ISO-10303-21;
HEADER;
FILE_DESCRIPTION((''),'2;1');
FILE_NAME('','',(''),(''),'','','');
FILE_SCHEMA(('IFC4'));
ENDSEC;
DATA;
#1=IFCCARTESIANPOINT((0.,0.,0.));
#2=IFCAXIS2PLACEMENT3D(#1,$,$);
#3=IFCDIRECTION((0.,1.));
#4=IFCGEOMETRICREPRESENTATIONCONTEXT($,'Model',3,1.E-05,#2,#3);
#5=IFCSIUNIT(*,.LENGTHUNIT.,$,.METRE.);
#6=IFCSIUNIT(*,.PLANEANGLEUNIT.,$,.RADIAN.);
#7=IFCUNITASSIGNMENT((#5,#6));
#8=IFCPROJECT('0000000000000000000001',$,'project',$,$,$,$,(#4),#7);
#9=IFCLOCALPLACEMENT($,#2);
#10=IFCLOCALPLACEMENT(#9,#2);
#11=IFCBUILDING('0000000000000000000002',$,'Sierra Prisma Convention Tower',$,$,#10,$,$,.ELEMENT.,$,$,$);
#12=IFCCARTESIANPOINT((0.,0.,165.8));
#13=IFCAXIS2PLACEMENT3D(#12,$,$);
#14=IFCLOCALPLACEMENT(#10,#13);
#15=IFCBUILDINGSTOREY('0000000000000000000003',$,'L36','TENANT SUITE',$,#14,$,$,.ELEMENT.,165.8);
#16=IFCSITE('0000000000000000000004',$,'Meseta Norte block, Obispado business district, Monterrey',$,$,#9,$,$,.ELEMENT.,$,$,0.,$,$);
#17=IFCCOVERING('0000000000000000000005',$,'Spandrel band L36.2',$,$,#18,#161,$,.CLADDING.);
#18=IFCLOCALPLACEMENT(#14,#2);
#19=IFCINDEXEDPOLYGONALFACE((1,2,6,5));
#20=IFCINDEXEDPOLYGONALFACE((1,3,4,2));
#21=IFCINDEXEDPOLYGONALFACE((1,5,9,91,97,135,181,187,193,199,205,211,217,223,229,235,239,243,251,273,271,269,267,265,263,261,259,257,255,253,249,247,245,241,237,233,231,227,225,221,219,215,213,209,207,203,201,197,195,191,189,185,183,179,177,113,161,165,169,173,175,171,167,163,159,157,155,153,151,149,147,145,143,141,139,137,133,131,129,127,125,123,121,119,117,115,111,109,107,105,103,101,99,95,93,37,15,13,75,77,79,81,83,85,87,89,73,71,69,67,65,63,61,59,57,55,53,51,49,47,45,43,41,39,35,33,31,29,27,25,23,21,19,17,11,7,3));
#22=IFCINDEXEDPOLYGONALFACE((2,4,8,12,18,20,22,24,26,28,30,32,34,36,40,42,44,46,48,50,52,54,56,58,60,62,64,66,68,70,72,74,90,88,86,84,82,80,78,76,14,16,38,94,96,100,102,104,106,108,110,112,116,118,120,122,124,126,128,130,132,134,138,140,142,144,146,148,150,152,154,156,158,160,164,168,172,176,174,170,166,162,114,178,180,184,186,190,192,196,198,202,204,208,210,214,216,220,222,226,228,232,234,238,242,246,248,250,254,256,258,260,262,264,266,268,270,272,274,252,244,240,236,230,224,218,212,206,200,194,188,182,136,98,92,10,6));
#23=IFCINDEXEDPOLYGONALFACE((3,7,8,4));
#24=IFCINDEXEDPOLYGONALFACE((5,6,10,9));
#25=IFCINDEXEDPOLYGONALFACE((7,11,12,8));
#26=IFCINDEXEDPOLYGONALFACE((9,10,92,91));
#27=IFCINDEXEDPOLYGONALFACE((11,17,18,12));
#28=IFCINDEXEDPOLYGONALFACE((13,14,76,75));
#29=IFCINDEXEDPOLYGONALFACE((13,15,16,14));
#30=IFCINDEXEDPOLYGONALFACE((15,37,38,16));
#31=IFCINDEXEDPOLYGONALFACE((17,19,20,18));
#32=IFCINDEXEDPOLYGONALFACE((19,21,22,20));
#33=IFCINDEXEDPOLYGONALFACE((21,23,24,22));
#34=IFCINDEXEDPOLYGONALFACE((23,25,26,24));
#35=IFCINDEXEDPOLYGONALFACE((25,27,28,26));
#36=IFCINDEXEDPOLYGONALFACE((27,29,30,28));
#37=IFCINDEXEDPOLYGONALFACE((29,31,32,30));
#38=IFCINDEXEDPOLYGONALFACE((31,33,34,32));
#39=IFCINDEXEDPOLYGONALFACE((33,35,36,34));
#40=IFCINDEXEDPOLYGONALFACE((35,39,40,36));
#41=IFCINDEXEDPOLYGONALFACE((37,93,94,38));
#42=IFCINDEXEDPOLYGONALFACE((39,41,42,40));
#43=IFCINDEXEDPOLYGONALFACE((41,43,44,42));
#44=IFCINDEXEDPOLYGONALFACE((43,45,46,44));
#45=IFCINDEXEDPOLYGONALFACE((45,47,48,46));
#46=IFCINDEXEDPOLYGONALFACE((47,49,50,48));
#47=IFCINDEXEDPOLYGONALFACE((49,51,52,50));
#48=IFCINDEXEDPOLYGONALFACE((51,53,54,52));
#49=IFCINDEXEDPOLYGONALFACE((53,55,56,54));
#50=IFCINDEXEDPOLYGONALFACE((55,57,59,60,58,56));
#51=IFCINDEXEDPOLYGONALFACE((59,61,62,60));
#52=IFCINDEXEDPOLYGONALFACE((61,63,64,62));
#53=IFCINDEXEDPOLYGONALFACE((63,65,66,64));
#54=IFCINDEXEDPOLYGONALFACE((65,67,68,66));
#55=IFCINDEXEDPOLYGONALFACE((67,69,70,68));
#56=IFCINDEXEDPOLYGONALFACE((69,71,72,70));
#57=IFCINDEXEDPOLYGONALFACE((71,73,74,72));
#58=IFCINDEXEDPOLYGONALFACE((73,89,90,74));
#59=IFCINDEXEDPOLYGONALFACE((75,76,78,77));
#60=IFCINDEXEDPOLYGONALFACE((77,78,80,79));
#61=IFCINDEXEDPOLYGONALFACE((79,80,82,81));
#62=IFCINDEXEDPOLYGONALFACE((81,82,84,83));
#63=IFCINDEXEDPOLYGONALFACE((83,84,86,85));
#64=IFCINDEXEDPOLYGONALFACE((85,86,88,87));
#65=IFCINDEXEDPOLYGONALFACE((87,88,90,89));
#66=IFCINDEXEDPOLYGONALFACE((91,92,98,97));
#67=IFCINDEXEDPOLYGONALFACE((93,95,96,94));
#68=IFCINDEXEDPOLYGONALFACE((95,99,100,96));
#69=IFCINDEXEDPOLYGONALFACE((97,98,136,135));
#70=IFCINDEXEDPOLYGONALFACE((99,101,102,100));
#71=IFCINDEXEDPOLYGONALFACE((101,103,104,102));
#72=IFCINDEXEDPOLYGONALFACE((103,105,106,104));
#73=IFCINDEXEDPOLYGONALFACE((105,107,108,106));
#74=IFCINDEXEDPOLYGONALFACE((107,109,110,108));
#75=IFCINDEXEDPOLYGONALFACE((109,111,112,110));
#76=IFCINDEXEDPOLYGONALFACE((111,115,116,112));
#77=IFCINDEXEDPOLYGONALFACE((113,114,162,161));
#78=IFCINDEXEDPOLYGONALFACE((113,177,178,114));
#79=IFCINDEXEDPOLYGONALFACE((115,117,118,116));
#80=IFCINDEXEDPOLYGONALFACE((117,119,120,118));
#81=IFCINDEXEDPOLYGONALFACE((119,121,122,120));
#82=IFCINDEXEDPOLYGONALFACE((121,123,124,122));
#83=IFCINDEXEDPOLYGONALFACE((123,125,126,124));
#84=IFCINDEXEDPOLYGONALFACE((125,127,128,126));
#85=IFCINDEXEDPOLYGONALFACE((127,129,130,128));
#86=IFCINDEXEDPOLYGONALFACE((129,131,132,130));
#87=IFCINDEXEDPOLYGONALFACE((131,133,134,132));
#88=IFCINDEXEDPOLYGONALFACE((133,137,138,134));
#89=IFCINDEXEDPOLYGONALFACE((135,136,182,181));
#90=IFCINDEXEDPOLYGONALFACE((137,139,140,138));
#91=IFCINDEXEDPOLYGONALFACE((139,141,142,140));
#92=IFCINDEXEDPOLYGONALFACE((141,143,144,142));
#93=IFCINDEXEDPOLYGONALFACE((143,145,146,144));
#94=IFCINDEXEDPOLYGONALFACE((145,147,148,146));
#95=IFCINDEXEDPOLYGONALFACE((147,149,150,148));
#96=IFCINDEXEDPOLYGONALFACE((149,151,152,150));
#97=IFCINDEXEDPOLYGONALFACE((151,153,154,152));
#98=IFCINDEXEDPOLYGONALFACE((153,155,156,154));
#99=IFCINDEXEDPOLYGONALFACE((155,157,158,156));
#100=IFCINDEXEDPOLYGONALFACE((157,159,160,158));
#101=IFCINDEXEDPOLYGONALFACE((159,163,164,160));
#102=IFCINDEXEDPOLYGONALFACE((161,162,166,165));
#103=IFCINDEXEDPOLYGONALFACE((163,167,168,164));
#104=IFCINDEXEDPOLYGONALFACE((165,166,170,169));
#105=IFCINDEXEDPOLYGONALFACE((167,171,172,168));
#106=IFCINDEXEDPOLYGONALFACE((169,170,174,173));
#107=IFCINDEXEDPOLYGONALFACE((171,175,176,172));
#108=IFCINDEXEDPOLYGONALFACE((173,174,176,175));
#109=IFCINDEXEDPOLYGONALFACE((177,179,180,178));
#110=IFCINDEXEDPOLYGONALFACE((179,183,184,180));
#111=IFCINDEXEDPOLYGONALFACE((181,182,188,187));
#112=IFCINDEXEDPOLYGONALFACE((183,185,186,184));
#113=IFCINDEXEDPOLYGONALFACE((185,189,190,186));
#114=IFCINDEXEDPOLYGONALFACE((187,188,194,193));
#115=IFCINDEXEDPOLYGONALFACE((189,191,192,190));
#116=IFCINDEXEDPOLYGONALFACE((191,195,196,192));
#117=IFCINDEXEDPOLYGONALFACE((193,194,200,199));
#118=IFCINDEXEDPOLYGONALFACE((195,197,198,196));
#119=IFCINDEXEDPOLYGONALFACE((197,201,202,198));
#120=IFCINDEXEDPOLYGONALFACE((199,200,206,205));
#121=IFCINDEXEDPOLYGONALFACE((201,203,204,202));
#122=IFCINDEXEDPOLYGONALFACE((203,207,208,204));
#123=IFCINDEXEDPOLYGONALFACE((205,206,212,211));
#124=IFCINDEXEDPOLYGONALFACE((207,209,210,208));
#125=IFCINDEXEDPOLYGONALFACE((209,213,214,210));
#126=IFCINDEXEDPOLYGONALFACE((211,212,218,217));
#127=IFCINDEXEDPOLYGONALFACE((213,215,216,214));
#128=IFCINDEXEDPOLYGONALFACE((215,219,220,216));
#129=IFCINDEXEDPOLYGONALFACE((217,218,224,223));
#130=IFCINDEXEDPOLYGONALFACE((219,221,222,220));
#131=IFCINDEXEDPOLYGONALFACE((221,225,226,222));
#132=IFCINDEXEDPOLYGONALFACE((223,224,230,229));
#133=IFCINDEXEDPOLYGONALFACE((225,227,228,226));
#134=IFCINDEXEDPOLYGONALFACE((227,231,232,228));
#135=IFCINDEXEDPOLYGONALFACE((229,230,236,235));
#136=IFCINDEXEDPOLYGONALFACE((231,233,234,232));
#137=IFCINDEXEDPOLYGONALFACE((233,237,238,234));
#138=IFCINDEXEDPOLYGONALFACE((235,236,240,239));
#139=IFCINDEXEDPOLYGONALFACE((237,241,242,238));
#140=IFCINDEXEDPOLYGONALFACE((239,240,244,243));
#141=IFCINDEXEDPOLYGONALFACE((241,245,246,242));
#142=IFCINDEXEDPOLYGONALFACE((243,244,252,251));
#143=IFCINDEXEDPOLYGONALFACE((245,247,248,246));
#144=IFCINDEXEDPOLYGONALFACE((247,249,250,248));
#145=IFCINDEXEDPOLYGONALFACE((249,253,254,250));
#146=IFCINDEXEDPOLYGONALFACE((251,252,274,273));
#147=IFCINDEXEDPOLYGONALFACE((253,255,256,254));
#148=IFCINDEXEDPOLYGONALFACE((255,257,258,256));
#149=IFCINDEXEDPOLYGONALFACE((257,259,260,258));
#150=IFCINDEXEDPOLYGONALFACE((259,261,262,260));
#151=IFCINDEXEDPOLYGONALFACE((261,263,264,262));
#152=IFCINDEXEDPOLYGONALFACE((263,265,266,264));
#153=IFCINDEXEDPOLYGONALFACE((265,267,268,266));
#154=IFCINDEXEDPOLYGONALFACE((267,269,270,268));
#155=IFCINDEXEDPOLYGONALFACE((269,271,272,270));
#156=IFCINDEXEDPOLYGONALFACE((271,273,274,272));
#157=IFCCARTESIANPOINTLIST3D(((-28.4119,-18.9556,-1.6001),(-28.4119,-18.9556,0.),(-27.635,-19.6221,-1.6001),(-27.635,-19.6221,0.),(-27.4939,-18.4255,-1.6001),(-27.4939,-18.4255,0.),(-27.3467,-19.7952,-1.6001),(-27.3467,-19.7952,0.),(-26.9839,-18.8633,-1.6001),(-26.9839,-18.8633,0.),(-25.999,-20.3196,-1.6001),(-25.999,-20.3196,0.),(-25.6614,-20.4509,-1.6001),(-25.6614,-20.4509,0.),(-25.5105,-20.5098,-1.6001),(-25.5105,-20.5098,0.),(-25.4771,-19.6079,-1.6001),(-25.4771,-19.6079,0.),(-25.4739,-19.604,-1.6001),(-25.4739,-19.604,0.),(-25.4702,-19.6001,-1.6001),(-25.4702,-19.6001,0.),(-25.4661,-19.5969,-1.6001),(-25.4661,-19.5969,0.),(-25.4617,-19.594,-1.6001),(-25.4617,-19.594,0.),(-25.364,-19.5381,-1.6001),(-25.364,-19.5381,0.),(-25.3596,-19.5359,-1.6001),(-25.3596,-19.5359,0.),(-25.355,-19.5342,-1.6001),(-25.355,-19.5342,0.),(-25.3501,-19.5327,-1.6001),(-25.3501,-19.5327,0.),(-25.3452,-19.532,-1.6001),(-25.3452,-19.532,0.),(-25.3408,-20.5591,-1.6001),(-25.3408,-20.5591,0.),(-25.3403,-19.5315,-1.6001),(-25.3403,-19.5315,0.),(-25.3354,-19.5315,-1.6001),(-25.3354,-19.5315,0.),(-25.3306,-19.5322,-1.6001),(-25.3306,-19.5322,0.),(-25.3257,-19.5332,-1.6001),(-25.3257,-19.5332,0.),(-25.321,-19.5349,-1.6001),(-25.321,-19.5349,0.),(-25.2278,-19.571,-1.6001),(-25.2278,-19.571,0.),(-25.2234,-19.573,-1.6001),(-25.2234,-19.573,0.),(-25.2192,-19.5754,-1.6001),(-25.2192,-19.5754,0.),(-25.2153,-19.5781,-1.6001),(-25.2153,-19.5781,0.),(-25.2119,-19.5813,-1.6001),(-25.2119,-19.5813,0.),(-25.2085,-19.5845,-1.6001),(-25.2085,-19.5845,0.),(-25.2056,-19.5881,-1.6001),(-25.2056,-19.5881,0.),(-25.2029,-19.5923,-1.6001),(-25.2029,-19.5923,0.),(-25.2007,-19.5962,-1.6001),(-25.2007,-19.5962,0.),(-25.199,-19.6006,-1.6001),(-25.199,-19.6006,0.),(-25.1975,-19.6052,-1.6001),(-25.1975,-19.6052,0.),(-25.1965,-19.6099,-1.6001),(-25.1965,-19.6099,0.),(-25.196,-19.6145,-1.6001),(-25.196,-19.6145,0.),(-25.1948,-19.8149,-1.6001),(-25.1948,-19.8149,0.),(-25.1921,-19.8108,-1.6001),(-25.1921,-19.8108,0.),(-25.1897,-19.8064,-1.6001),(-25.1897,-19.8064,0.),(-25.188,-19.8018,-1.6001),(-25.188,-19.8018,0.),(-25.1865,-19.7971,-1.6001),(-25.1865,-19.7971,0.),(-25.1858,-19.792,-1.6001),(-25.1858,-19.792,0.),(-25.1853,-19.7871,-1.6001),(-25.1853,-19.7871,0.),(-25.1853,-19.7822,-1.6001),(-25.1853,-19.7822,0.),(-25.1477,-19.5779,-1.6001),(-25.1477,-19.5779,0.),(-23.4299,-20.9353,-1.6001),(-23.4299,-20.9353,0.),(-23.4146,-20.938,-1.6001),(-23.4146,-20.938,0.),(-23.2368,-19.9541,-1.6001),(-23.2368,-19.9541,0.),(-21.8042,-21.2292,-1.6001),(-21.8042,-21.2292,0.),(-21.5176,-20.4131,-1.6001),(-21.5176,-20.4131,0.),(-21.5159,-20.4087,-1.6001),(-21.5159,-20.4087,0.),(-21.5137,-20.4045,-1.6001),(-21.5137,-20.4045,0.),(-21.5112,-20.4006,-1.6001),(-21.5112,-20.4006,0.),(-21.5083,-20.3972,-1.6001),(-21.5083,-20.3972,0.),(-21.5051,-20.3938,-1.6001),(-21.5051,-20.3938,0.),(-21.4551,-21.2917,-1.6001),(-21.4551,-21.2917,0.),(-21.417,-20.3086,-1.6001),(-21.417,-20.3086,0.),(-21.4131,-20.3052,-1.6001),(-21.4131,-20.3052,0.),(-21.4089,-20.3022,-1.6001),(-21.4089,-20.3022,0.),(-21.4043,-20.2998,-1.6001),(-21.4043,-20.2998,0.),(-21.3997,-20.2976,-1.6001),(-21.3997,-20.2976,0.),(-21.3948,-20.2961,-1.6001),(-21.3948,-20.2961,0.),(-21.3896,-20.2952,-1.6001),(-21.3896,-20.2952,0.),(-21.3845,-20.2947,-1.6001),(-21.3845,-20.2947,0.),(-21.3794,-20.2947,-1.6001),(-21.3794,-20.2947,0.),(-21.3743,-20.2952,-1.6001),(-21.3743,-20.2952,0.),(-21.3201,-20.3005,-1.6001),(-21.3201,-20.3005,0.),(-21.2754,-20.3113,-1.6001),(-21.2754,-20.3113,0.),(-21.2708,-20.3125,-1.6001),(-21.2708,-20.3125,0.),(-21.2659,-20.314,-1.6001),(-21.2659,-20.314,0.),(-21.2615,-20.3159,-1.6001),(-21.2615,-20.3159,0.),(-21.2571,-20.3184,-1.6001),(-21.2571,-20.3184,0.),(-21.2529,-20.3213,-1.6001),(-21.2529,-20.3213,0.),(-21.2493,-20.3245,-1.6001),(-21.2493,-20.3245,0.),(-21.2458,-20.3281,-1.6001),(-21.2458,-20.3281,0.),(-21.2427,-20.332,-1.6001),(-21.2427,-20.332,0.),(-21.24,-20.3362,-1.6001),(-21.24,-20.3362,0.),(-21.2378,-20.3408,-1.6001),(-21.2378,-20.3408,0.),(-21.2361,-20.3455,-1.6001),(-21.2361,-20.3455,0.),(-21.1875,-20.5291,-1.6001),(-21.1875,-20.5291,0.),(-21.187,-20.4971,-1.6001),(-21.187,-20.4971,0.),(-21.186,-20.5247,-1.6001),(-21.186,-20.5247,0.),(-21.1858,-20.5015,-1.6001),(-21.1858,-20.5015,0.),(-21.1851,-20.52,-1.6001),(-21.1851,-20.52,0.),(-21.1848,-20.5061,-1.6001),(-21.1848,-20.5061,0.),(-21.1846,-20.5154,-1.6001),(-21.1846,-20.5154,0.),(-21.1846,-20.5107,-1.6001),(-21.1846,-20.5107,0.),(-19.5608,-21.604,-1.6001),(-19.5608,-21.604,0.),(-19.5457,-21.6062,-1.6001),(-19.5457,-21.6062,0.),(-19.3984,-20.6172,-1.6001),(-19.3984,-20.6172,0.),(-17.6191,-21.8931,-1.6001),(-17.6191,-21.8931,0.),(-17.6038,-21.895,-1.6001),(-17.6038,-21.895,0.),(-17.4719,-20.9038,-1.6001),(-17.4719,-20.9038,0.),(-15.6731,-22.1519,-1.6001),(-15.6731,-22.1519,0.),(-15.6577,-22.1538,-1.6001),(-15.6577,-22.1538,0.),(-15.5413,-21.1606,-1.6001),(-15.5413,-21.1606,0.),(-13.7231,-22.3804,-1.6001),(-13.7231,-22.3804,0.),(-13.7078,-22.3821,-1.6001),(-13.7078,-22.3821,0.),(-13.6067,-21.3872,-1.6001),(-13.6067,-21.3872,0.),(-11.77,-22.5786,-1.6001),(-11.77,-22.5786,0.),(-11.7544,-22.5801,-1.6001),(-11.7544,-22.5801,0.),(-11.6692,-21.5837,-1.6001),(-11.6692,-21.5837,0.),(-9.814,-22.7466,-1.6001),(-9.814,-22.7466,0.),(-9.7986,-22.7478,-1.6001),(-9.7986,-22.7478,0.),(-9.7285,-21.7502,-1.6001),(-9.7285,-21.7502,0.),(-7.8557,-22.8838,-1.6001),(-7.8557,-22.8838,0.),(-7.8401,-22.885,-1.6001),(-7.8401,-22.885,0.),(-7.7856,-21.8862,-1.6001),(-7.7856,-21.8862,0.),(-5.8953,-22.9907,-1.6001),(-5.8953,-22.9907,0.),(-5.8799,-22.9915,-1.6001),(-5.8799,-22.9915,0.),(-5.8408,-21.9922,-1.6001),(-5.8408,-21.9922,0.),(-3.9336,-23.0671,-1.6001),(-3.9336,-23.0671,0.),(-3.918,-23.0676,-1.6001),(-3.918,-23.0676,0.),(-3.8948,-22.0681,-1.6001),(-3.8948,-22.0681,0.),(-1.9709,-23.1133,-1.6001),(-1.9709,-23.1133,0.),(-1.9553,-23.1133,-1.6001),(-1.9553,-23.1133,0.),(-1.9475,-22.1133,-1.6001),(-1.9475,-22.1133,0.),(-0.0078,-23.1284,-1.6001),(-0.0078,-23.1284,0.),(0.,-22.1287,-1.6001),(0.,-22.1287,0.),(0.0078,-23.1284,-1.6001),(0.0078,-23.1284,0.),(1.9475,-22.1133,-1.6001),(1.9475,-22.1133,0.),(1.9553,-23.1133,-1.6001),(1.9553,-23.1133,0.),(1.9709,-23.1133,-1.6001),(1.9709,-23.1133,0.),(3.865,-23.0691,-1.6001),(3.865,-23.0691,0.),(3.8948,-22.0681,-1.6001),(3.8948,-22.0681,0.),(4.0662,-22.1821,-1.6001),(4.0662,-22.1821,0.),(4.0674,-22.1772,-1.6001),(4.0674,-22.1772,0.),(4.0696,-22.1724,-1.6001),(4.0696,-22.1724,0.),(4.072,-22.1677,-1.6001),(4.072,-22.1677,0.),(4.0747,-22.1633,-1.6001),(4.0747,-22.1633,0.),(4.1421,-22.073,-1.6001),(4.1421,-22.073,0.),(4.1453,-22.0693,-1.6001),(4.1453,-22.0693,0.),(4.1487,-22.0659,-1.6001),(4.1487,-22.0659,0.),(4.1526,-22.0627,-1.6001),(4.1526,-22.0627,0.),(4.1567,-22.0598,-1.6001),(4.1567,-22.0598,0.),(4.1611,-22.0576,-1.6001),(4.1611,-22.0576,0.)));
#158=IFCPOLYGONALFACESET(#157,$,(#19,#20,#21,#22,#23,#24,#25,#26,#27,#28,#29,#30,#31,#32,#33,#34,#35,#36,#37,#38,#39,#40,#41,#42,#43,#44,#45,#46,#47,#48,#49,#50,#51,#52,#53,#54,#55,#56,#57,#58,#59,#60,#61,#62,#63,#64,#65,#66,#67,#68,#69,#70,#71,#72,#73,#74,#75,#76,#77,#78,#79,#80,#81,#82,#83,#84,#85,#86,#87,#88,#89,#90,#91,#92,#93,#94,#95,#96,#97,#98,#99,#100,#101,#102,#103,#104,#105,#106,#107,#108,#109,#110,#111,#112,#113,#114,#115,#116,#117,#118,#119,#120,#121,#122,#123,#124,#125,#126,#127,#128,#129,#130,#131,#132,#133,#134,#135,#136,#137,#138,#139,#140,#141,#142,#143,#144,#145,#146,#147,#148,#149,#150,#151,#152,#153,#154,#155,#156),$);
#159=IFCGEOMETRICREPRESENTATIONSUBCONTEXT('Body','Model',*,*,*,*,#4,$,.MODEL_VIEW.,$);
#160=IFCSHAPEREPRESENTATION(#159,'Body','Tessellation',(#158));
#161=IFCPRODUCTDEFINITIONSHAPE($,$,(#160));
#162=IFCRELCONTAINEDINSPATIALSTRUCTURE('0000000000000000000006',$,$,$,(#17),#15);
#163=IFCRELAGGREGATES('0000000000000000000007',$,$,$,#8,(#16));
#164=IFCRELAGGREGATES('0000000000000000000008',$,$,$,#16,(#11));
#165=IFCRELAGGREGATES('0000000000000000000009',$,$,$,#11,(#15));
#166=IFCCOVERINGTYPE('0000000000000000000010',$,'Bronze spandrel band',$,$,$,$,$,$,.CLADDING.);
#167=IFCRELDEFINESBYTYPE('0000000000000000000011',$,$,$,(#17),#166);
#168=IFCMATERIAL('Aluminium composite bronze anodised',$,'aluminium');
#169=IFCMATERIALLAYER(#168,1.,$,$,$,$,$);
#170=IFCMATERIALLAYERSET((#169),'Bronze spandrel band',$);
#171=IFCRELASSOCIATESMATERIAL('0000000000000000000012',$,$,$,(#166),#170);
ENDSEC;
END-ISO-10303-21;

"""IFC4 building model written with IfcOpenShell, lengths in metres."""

from ifc_helpers import new_model, si_unit, direction, frame, origin, place, context, subcontext, project, spatial, polyline, outline, extrude, material, layer, layer_set, type_object, element, save


model = new_model("IFC4")

# Units and contexts
model_context = context("Model", 3, precision=1e-05, world=origin(), true_north=direction((0.0, 1.0)))
body_context = subcontext(model_context, "Body", "Model", "MODEL_VIEW")
ifc_project = project(units=[si_unit("LENGTHUNIT", "METRE"), si_unit("PLANEANGLEUNIT", "RADIAN")], contexts=[model_context])

# Site, building, storey
site_placement = place(None, origin())
site = spatial("IfcSite", under=ifc_project, at=site_placement, Name="Meseta Norte block, Obispado business district, Monterrey", CompositionType="ELEMENT", RefElevation=0.0)
building_placement = place(site_placement, origin())
building = spatial("IfcBuilding", under=site, at=building_placement, Name="Sierra Prisma Convention Tower", CompositionType="ELEMENT")
storey_placement = place(building_placement, frame((0.0, 0.0, 165.8)))
storey = spatial("IfcBuildingStorey", under=building, at=storey_placement, Name="L36", Description="TENANT SUITE", CompositionType="ELEMENT", Elevation=165.8)

# Covering
ifc_material_1 = material(Name="Aluminium composite bronze anodised", Category="aluminium")
ifc_layer_1 = layer(ifc_material_1, 1.0)
ifc_layer_set_1 = layer_set([ifc_layer_1], Name="Bronze spandrel band")
covering_type = type_object("IfcCoveringType", Name="Bronze spandrel band", PredefinedType="CLADDING", material=ifc_layer_set_1)
covering_1_placement = place(storey_placement, frame((0.0, 0.0, -1.6001)))
element("IfcCovering", 1, at=covering_1_placement, inside=storey, type_object=covering_type, Name="Spandrel band L36.2", PredefinedType="CLADDING", context=body_context, shape_type="SweptSolid", body=[
    extrude(outline(polyline([(-25.1477, -19.5779), (-23.2368, -19.9541), (-21.3201, -20.3005), (-19.3984, -20.6172), (-17.4719, -20.9038), (-15.5413, -21.1606), (-13.6067, -21.3872), (-11.6692, -21.5837), (-9.7285, -21.7502), (-7.7856, -21.8862), (-5.8408, -21.9922), (-3.8948, -22.0681), (-1.9475, -22.1133), (0.0, -22.1287), (1.9475, -22.1133), (3.8948, -22.0681), (4.1611, -22.0576), (4.1567, -22.0598), (4.1526, -22.0627), (4.1487, -22.0659), (4.1453, -22.0693), (4.1421, -22.073), (4.0747, -22.1633), (4.072, -22.1677), (4.0696, -22.1724), (4.0674, -22.1772), (4.0662, -22.1821), (3.865, -23.0691), (1.9709, -23.1133), (1.9553, -23.1133), (0.0078, -23.1284), (-0.0078, -23.1284), (-1.9553, -23.1133), (-1.9709, -23.1133), (-3.918, -23.0676), (-3.9336, -23.0671), (-5.8799, -22.9915), (-5.8953, -22.9907), (-7.8401, -22.885), (-7.8557, -22.8838), (-9.7986, -22.7478), (-9.814, -22.7466), (-11.7544, -22.5801), (-11.77, -22.5786), (-13.7078, -22.3821), (-13.7231, -22.3804), (-15.6577, -22.1538), (-15.6731, -22.1519), (-17.6038, -21.895), (-17.6191, -21.8931), (-19.5457, -21.6062), (-19.5608, -21.604), (-21.4551, -21.2917), (-21.1875, -20.5291), (-21.186, -20.5247), (-21.1851, -20.52), (-21.1846, -20.5154), (-21.1846, -20.5107), (-21.1848, -20.5061), (-21.1858, -20.5015), (-21.187, -20.4971), (-21.2361, -20.3455), (-21.2378, -20.3408), (-21.24, -20.3362), (-21.2427, -20.332), (-21.2458, -20.3281), (-21.2493, -20.3245), (-21.2529, -20.3213), (-21.2571, -20.3184), (-21.2615, -20.3159), (-21.2659, -20.314), (-21.2708, -20.3125), (-21.2754, -20.3113), (-21.3743, -20.2952), (-21.3794, -20.2947), (-21.3845, -20.2947), (-21.3896, -20.2952), (-21.3948, -20.2961), (-21.3997, -20.2976), (-21.4043, -20.2998), (-21.4089, -20.3022), (-21.4131, -20.3052), (-21.417, -20.3086), (-21.5051, -20.3938), (-21.5083, -20.3972), (-21.5112, -20.4006), (-21.5137, -20.4045), (-21.5159, -20.4087), (-21.5176, -20.4131), (-21.8042, -21.2292), (-23.4146, -20.938), (-23.4299, -20.9353), (-25.3408, -20.5591), (-25.5105, -20.5098), (-25.6614, -20.4509), (-25.1948, -19.8149), (-25.1921, -19.8108), (-25.1897, -19.8064), (-25.188, -19.8018), (-25.1865, -19.7971), (-25.1858, -19.792), (-25.1853, -19.7871), (-25.1853, -19.7822), (-25.196, -19.6145), (-25.1965, -19.6099), (-25.1975, -19.6052), (-25.199, -19.6006), (-25.2007, -19.5962), (-25.2029, -19.5923), (-25.2056, -19.5881), (-25.2085, -19.5845), (-25.2119, -19.5813), (-25.2153, -19.5781), (-25.2192, -19.5754), (-25.2234, -19.573), (-25.2278, -19.571), (-25.321, -19.5349), (-25.3257, -19.5332), (-25.3306, -19.5322), (-25.3354, -19.5315), (-25.3403, -19.5315), (-25.3452, -19.532), (-25.3501, -19.5327), (-25.355, -19.5342), (-25.3596, -19.5359), (-25.364, -19.5381), (-25.4617, -19.594), (-25.4661, -19.5969), (-25.4702, -19.6001), (-25.4739, -19.604), (-25.4771, -19.6079), (-25.999, -20.3196), (-27.3467, -19.7952), (-27.635, -19.6221), (-28.4119, -18.9556), (-27.4939, -18.4255), (-26.9839, -18.8633), (-25.1477, -19.5779)])), origin(), (0.0, 0.0, 1.0), 1.6001),
])

save(model, "model.ifc")
